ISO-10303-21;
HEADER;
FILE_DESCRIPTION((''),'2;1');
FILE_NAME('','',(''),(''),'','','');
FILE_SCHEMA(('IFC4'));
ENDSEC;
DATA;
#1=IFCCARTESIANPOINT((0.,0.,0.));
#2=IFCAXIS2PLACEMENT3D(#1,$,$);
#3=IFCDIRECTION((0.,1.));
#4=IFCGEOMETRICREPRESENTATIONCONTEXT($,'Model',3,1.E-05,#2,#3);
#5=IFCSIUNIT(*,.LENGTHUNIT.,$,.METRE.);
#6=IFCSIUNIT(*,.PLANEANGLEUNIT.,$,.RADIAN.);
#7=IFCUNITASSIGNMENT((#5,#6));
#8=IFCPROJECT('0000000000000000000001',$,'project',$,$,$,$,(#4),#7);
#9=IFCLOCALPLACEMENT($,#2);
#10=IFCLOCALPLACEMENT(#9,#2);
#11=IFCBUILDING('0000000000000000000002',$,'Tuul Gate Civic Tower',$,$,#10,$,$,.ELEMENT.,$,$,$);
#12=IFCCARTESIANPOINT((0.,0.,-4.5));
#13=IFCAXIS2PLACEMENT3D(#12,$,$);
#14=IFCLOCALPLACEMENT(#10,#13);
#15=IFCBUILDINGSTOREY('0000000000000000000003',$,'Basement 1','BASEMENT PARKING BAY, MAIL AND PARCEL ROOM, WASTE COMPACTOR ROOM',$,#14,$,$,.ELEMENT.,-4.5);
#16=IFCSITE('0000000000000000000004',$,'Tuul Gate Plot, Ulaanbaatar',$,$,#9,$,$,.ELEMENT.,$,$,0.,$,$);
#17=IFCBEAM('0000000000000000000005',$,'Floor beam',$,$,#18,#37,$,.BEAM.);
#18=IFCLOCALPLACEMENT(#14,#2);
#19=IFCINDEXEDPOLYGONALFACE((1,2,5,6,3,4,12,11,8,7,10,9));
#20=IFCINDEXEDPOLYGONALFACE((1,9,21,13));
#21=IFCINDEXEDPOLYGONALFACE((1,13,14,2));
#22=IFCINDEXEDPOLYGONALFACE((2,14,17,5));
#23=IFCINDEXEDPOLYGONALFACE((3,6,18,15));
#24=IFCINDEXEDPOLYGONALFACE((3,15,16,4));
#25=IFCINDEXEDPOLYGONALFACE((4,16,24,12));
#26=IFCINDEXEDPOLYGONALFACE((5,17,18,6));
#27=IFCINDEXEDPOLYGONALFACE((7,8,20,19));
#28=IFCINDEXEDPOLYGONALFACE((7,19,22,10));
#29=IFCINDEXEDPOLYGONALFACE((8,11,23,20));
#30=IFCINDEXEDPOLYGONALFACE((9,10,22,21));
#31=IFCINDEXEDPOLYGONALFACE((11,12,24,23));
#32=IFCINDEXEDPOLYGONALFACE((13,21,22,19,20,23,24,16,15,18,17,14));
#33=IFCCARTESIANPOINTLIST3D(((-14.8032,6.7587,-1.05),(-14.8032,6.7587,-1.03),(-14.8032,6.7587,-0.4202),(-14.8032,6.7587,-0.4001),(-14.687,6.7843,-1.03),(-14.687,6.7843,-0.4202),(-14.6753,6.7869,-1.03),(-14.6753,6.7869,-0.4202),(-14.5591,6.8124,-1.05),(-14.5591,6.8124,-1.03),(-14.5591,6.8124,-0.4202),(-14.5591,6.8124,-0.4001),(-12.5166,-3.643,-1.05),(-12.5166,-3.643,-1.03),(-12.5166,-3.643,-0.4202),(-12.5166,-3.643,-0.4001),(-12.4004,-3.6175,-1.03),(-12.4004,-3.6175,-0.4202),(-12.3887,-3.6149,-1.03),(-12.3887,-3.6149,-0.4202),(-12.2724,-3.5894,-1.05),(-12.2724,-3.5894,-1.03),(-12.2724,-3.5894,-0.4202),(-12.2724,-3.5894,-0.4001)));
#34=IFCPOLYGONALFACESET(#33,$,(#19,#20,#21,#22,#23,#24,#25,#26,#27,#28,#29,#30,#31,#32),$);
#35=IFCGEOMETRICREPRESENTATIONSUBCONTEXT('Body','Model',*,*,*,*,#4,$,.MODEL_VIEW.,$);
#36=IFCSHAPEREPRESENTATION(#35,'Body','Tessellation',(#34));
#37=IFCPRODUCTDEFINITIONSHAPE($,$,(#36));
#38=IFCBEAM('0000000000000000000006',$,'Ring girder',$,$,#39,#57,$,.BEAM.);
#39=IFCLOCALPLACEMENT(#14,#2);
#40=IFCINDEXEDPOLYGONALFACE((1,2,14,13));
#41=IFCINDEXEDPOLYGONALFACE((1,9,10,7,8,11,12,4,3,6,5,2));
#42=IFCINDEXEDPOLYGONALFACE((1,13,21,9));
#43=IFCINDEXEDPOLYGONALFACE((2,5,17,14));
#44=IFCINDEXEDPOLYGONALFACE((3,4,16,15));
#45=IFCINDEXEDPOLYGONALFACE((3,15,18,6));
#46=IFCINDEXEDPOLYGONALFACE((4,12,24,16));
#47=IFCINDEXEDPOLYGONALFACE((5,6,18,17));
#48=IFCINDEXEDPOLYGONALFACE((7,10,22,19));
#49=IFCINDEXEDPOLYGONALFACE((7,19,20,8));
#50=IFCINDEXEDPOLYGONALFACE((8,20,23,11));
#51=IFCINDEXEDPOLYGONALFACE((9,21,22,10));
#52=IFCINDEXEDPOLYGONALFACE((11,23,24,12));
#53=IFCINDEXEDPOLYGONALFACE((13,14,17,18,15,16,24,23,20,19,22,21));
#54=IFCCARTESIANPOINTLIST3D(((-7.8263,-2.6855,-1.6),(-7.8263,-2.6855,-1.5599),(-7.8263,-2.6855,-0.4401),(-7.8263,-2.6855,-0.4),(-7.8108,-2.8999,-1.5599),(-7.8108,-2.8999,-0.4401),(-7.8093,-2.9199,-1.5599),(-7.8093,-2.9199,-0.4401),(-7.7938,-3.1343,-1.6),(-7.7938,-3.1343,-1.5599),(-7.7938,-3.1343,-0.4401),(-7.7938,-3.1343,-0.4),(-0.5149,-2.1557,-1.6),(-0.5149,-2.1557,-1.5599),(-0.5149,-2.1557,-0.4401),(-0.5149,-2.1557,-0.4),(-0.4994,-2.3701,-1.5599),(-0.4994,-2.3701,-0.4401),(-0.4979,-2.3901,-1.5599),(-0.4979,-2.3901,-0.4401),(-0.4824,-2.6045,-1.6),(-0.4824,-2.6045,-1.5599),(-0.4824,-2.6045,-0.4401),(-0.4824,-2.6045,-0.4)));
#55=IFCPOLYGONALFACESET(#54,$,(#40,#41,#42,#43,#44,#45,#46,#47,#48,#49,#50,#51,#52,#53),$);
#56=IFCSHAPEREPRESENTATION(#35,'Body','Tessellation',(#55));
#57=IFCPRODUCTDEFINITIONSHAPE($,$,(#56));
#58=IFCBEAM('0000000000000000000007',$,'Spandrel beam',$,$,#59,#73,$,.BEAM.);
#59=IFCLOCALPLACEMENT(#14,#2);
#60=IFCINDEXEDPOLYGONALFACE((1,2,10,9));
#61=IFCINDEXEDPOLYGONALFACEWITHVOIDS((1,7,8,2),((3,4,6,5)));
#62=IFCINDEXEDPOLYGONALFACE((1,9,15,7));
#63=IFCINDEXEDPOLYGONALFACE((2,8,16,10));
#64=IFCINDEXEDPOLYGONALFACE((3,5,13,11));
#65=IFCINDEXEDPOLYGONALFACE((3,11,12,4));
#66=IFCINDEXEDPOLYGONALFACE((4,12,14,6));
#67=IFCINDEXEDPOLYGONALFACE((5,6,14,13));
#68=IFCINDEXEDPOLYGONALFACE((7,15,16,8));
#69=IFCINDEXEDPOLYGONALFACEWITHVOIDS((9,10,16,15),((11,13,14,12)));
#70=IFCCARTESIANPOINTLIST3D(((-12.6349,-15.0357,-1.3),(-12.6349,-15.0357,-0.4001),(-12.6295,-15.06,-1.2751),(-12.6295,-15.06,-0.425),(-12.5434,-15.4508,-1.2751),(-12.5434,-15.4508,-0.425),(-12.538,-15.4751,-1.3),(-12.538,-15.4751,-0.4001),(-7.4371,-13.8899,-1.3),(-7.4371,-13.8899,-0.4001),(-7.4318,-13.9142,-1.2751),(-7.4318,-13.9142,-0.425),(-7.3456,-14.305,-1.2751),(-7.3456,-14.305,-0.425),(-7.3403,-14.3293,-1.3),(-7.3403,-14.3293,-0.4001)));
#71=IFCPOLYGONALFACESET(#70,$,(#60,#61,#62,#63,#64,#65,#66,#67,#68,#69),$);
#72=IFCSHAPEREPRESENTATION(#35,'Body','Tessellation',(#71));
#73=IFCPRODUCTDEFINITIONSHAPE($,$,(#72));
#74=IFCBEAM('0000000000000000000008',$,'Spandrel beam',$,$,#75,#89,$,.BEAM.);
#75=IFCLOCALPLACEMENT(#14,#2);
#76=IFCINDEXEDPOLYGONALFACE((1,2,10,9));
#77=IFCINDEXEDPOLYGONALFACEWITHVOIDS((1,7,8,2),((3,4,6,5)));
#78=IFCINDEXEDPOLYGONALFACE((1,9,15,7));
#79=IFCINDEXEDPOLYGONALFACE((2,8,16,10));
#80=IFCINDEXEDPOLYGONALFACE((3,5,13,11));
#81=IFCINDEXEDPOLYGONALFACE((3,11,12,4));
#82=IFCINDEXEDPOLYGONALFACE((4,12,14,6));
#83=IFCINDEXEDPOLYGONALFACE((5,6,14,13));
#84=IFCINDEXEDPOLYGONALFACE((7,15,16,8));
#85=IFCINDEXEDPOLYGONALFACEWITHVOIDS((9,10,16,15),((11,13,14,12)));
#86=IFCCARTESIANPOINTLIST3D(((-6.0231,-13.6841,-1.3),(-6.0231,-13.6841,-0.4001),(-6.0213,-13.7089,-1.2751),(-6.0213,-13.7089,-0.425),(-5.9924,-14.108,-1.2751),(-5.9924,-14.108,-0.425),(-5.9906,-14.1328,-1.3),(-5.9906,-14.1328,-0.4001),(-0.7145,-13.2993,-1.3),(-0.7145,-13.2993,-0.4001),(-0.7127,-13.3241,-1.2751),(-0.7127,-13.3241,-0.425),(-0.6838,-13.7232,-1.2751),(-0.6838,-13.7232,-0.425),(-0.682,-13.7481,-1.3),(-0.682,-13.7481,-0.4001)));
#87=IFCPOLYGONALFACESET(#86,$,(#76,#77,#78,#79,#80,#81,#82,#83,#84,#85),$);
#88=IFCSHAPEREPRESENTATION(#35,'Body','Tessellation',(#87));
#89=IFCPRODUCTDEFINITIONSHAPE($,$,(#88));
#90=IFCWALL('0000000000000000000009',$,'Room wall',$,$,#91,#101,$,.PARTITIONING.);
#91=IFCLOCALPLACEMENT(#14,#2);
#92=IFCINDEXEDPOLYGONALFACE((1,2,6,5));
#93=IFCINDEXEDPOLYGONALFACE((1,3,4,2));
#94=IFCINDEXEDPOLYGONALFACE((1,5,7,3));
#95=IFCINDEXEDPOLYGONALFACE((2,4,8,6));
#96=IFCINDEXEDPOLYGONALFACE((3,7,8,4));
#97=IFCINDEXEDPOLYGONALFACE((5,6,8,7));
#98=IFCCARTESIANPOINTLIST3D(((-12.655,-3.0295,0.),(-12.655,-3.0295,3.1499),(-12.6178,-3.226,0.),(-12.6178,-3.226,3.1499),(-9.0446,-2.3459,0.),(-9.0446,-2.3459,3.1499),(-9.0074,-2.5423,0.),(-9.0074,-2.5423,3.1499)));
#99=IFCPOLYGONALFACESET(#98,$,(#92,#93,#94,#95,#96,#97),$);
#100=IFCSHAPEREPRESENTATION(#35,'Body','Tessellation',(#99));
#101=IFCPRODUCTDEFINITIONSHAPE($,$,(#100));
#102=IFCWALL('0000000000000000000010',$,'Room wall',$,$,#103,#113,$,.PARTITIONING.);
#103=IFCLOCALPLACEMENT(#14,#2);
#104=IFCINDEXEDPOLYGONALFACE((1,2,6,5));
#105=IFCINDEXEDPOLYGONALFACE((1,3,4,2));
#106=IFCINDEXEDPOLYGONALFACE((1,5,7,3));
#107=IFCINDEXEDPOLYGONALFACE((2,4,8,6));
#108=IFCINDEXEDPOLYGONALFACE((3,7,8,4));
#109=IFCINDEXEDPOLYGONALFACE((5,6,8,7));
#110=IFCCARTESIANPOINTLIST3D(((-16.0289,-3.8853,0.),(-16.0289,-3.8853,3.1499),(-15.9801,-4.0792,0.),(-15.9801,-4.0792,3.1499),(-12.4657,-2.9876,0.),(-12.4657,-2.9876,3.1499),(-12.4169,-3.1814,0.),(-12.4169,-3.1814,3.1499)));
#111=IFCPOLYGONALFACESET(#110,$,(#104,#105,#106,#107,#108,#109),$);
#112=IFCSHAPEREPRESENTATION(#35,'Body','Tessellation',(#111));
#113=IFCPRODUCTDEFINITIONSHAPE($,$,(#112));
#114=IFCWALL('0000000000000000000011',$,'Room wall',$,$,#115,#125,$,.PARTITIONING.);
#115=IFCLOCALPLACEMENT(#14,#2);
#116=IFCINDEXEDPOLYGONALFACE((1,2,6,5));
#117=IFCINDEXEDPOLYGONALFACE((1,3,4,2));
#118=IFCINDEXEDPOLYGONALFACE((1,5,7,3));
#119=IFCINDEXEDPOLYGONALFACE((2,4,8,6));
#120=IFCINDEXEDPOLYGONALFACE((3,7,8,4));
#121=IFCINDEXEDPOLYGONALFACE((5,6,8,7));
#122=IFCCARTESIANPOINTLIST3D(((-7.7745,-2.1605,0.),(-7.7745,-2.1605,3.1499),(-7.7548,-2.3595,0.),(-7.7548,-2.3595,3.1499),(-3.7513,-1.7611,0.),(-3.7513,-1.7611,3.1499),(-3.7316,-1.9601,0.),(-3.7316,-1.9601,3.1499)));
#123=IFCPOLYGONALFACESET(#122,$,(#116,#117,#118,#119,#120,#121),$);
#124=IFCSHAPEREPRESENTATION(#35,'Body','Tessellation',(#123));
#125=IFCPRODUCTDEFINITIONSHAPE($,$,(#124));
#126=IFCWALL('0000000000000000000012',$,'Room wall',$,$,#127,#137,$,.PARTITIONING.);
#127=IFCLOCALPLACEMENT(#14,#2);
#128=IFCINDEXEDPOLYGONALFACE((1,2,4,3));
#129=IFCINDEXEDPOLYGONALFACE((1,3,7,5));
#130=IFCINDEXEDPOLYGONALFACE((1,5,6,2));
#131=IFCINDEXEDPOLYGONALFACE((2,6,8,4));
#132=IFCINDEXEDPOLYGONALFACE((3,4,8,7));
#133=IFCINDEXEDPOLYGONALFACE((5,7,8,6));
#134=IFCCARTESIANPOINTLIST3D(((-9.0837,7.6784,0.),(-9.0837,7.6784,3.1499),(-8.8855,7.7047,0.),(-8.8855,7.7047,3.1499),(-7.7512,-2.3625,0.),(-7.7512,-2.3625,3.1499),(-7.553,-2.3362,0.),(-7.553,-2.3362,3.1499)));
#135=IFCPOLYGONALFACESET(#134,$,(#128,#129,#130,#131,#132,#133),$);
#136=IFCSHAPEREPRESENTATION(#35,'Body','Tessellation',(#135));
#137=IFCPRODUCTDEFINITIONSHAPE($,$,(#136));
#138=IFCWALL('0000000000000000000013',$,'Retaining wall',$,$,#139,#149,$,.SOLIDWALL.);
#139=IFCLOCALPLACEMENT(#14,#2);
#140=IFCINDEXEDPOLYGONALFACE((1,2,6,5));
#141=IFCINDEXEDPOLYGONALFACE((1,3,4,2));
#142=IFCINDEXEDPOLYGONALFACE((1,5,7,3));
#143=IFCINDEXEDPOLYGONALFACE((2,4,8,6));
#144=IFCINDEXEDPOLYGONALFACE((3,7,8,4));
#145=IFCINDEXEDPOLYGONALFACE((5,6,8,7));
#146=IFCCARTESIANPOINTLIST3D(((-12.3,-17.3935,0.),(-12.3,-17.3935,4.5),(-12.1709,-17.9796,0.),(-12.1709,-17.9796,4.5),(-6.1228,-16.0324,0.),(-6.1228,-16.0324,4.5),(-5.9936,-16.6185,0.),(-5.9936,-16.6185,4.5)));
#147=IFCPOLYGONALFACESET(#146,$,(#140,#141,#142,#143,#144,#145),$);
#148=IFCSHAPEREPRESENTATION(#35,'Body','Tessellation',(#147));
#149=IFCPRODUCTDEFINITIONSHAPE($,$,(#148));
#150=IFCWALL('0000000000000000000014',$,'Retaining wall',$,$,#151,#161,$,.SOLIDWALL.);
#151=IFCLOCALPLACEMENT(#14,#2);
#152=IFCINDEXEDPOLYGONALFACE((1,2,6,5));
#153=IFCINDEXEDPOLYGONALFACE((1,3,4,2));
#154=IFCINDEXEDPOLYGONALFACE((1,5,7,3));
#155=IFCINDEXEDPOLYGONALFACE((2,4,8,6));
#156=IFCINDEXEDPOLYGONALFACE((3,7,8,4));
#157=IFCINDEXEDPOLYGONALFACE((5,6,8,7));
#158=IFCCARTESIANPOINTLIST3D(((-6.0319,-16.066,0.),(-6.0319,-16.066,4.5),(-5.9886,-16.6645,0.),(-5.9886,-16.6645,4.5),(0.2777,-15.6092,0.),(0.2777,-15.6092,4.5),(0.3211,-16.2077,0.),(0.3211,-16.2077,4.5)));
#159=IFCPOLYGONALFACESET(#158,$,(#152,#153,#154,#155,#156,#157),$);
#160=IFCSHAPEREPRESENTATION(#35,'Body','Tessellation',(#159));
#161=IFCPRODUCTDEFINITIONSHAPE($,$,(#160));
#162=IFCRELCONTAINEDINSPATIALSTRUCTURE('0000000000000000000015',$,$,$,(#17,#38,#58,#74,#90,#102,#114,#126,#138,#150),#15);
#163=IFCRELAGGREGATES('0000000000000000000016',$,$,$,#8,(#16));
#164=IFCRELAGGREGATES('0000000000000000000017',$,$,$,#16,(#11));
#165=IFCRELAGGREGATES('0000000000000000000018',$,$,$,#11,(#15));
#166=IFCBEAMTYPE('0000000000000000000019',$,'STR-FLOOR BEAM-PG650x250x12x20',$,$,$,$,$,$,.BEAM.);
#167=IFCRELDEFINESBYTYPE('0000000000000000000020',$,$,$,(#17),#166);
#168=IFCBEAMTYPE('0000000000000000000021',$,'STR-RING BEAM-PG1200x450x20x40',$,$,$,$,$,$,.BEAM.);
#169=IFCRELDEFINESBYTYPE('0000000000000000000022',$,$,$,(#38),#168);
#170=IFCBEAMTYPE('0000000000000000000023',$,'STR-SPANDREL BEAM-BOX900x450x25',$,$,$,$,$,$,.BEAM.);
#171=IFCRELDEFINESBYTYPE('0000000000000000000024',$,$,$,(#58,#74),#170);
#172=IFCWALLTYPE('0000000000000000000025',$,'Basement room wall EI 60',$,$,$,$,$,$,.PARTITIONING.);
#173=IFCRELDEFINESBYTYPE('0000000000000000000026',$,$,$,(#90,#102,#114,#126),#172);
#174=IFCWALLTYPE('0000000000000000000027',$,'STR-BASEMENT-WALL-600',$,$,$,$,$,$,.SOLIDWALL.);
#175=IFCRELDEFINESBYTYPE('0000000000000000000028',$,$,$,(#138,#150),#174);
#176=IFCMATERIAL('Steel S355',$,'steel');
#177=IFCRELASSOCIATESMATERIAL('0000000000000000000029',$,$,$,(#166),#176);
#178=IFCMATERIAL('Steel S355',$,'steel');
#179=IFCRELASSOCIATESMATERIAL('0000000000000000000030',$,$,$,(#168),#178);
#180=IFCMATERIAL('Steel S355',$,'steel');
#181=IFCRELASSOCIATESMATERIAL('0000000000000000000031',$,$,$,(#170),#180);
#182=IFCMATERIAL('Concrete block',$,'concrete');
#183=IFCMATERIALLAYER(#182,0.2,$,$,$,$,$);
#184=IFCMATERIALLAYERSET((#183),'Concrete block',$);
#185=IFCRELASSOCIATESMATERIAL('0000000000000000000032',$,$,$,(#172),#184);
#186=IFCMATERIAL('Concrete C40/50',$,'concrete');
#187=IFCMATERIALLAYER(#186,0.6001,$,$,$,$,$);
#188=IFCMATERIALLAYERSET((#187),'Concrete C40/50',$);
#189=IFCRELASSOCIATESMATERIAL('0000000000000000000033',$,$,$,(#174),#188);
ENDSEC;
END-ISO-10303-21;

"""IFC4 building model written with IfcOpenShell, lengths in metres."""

from ifc_helpers import new_model, si_unit, direction, frame, frame_2d, origin, origin_2d, place, context, subcontext, project, spatial, rectangle, hollow_rectangle, i_section, extrude, material, layer, layer_set, material_profile, profile_set, type_object, element, save


model = new_model("IFC4")

# Units and contexts
model_context = context("Model", 3, precision=1e-05, world=origin(), true_north=direction((0.0, 1.0)))
body_context = subcontext(model_context, "Body", "Model", "MODEL_VIEW")
ifc_project = project(units=[si_unit("LENGTHUNIT", "METRE"), si_unit("PLANEANGLEUNIT", "RADIAN")], contexts=[model_context])

# Site, building, storey
site_placement = place(None, origin())
site = spatial("IfcSite", under=ifc_project, at=site_placement, Name="Tuul Gate Plot, Ulaanbaatar", CompositionType="ELEMENT", RefElevation=0.0)
building_placement = place(site_placement, origin())
building = spatial("IfcBuilding", under=site, at=building_placement, Name="Tuul Gate Civic Tower", CompositionType="ELEMENT")
storey_placement = place(building_placement, frame((0.0, 0.0, -4.5)))
storey = spatial("IfcBuildingStorey", under=building, at=storey_placement, Name="Basement 1", Description="BASEMENT PARKING BAY, MAIL AND PARCEL ROOM, WASTE COMPACTOR ROOM", CompositionType="ELEMENT", Elevation=-4.5)

# Beams
ifc_material_1 = material(Name="Steel S355", Category="steel")
ifc_material_profile_1 = material_profile(ifc_material_1, i_section(OverallWidth=0.25, OverallDepth=0.6499, WebThickness=0.012, FlangeThickness=0.02, at=origin_2d()), Name="PG650x250x12x20")
ifc_profile_set_1 = profile_set([ifc_material_profile_1], Name="Steel S355")
beam_type_1 = type_object("IfcBeamType", Name="STR-FLOOR BEAM-PG650x250x12x20", PredefinedType="BEAM", material=ifc_profile_set_1)
beam_1_placement = place(storey_placement, frame((-12.3945, -3.6162, -0.7251), z_axis=(-0.214702, 0.97668, 0.0), x_axis=(-0.97668, -0.214702, 0.0)))
element("IfcBeam", 1, at=beam_1_placement, inside=storey, type_object=beam_type_1, Name="Floor beam", PredefinedType="BEAM", context=body_context, shape_type="SweptSolid", body=[
    extrude(i_section(OverallWidth=0.25, OverallDepth=0.6499, WebThickness=0.012, FlangeThickness=0.02, at=origin_2d()), origin(), (0.0, 0.0, 1.0), 10.6501),
])
ifc_material_2 = material(Name="Steel S355", Category="steel")
ifc_material_profile_2 = material_profile(ifc_material_2, i_section(OverallWidth=0.45, OverallDepth=1.2, WebThickness=0.02, FlangeThickness=0.04, at=origin_2d()), Name="PG1200x450x20x40")
ifc_profile_set_2 = profile_set([ifc_material_profile_2], Name="Steel S355")
beam_type_2 = type_object("IfcBeamType", Name="STR-RING BEAM-PG1200x450x20x40", PredefinedType="BEAM", material=ifc_profile_set_2)
beam_2_placement = place(storey_placement, frame((-7.8101, -2.9099, -1.0), z_axis=(0.997385, 0.072272, 0.0), x_axis=(-0.072272, 0.997385, 0.0)))
element("IfcBeam", 2, at=beam_2_placement, inside=storey, type_object=beam_type_2, Name="Ring girder", PredefinedType="BEAM", context=body_context, shape_type="SweptSolid", body=[
    extrude(i_section(OverallWidth=0.45, OverallDepth=1.2, WebThickness=0.02, FlangeThickness=0.04, at=origin_2d()), origin(), (0.0, 0.0, 1.0), 7.3306),
])
ifc_material_3 = material(Name="Steel S355", Category="steel")
ifc_material_profile_3 = material_profile(ifc_material_3, hollow_rectangle(XDim=0.45, YDim=0.8999, WallThickness=0.0249, at=origin_2d()), Name="BOX900x450x25")
ifc_profile_set_3 = profile_set([ifc_material_profile_3], Name="Steel S355")
beam_type_3 = type_object("IfcBeamType", Name="STR-SPANDREL BEAM-BOX900x450x25", PredefinedType="BEAM", material=ifc_profile_set_3)
for number, where, z_axis, x_axis, name in (
    (3, (-12.5864, -15.2554, -0.8501), (0.976556, 0.215264, 0.0), (-0.215264, 0.976556, 0.0), "Spandrel beam"),
    (4, (-6.0068, -13.9084, -0.8501), (0.997384, 0.07229, 0.0), (-0.07229, 0.997384, 0.0), "Spandrel beam"),
):
    element("IfcBeam", number, at=place(storey_placement, frame(where, z_axis=z_axis, x_axis=x_axis)), inside=storey, type_object=beam_type_3, Name=name, PredefinedType="BEAM", context=body_context, shape_type="SweptSolid", body=[
        extrude(hollow_rectangle(XDim=0.45, YDim=0.8999, WallThickness=0.0249, at=origin_2d()), origin(), (0.0, 0.0, 1.0), 5.3225),
    ])

# Walls
ifc_material_4 = material(Name="Concrete block", Category="concrete")
ifc_layer_1 = layer(ifc_material_4, 0.2)
ifc_layer_set_1 = layer_set([ifc_layer_1], Name="Concrete block")
wall_type_1 = type_object("IfcWallType", Name="Basement room wall EI 60", PredefinedType="PARTITIONING", material=ifc_layer_set_1)
for number, where, z_axis, x_axis, name in (
    (5, (-9.0259, -2.4441, 0.0), (0.0, 0.0, 1.0), (-0.982543, -0.186037, 0.0), "Room wall"),
    (6, (-12.4412, -3.0845, 0.0), (0.0, 0.0, 1.0), (-0.969699, -0.244302, 0.0), "Room wall"),
):
    element("IfcWall", number, at=place(storey_placement, frame(where, z_axis=z_axis, x_axis=x_axis)), inside=storey, type_object=wall_type_1, Name=name, PredefinedType="PARTITIONING", context=body_context, shape_type="SweptSolid", body=[
        extrude(rectangle(XDim=3.6746, YDim=0.2, at=frame_2d((1.8374, 0.0))), origin(), (0.0, 0.0, 1.0), 3.1499),
    ])
wall_1_placement = place(storey_placement, frame((-3.7415, -1.8606, 0.0), z_axis=(0.0, 0.0, 1.0), x_axis=(-0.995108, -0.098792, 0.0)))
element("IfcWall", 7, at=wall_1_placement, inside=storey, type_object=wall_type_1, Name="Room wall", PredefinedType="PARTITIONING", context=body_context, shape_type="SweptSolid", body=[
    extrude(rectangle(XDim=4.043, YDim=0.2, at=frame_2d((2.0215, 0.0))), origin(), (0.0, 0.0, 1.0), 3.1499),
])
wall_2_placement = place(storey_placement, frame((-7.6521, -2.3494, 0.0), z_axis=(0.0, 0.0, 1.0), x_axis=(-0.131557, 0.991309, 0.0)))
element("IfcWall", 8, at=wall_2_placement, inside=storey, type_object=wall_type_1, Name="Room wall", PredefinedType="PARTITIONING", context=body_context, shape_type="SweptSolid", body=[
    extrude(rectangle(XDim=10.1289, YDim=0.2, at=frame_2d((5.0645, 0.0))), origin(), (0.0, 0.0, 1.0), 3.1499),
])
ifc_material_5 = material(Name="Concrete C40/50", Category="concrete")
ifc_layer_2 = layer(ifc_material_5, 0.6001)
ifc_layer_set_2 = layer_set([ifc_layer_2], Name="Concrete C40/50")
wall_type_2 = type_object("IfcWallType", Name="STR-BASEMENT-WALL-600", PredefinedType="SOLIDWALL", material=ifc_layer_set_2)
wall_3_placement = place(storey_placement, frame((-12.2354, -17.6865, 0.0), z_axis=(0.0, 0.0, 1.0), x_axis=(0.976575, 0.215177, 0.0)))
element("IfcWall", 9, at=wall_3_placement, inside=storey, type_object=wall_type_2, Name="Retaining wall", PredefinedType="SOLIDWALL", context=body_context, shape_type="SweptSolid", body=[
    extrude(rectangle(XDim=6.3254, YDim=0.6001, at=frame_2d((3.1626, 0.0))), origin(), (0.0, 0.0, 1.0), 4.5),
])
wall_4_placement = place(storey_placement, frame((-6.0103, -16.3652, 0.0), z_axis=(0.0, 0.0, 1.0), x_axis=(0.99739, 0.072207, 0.0)))
element("IfcWall", 10, at=wall_4_placement, inside=storey, type_object=wall_type_2, Name="Retaining wall", PredefinedType="SOLIDWALL", context=body_context, shape_type="SweptSolid", body=[
    extrude(rectangle(XDim=6.3262, YDim=0.6001, at=frame_2d((3.1631, 0.0))), origin(), (0.0, 0.0, 1.0), 4.5),
])

save(model, "model.ifc")
